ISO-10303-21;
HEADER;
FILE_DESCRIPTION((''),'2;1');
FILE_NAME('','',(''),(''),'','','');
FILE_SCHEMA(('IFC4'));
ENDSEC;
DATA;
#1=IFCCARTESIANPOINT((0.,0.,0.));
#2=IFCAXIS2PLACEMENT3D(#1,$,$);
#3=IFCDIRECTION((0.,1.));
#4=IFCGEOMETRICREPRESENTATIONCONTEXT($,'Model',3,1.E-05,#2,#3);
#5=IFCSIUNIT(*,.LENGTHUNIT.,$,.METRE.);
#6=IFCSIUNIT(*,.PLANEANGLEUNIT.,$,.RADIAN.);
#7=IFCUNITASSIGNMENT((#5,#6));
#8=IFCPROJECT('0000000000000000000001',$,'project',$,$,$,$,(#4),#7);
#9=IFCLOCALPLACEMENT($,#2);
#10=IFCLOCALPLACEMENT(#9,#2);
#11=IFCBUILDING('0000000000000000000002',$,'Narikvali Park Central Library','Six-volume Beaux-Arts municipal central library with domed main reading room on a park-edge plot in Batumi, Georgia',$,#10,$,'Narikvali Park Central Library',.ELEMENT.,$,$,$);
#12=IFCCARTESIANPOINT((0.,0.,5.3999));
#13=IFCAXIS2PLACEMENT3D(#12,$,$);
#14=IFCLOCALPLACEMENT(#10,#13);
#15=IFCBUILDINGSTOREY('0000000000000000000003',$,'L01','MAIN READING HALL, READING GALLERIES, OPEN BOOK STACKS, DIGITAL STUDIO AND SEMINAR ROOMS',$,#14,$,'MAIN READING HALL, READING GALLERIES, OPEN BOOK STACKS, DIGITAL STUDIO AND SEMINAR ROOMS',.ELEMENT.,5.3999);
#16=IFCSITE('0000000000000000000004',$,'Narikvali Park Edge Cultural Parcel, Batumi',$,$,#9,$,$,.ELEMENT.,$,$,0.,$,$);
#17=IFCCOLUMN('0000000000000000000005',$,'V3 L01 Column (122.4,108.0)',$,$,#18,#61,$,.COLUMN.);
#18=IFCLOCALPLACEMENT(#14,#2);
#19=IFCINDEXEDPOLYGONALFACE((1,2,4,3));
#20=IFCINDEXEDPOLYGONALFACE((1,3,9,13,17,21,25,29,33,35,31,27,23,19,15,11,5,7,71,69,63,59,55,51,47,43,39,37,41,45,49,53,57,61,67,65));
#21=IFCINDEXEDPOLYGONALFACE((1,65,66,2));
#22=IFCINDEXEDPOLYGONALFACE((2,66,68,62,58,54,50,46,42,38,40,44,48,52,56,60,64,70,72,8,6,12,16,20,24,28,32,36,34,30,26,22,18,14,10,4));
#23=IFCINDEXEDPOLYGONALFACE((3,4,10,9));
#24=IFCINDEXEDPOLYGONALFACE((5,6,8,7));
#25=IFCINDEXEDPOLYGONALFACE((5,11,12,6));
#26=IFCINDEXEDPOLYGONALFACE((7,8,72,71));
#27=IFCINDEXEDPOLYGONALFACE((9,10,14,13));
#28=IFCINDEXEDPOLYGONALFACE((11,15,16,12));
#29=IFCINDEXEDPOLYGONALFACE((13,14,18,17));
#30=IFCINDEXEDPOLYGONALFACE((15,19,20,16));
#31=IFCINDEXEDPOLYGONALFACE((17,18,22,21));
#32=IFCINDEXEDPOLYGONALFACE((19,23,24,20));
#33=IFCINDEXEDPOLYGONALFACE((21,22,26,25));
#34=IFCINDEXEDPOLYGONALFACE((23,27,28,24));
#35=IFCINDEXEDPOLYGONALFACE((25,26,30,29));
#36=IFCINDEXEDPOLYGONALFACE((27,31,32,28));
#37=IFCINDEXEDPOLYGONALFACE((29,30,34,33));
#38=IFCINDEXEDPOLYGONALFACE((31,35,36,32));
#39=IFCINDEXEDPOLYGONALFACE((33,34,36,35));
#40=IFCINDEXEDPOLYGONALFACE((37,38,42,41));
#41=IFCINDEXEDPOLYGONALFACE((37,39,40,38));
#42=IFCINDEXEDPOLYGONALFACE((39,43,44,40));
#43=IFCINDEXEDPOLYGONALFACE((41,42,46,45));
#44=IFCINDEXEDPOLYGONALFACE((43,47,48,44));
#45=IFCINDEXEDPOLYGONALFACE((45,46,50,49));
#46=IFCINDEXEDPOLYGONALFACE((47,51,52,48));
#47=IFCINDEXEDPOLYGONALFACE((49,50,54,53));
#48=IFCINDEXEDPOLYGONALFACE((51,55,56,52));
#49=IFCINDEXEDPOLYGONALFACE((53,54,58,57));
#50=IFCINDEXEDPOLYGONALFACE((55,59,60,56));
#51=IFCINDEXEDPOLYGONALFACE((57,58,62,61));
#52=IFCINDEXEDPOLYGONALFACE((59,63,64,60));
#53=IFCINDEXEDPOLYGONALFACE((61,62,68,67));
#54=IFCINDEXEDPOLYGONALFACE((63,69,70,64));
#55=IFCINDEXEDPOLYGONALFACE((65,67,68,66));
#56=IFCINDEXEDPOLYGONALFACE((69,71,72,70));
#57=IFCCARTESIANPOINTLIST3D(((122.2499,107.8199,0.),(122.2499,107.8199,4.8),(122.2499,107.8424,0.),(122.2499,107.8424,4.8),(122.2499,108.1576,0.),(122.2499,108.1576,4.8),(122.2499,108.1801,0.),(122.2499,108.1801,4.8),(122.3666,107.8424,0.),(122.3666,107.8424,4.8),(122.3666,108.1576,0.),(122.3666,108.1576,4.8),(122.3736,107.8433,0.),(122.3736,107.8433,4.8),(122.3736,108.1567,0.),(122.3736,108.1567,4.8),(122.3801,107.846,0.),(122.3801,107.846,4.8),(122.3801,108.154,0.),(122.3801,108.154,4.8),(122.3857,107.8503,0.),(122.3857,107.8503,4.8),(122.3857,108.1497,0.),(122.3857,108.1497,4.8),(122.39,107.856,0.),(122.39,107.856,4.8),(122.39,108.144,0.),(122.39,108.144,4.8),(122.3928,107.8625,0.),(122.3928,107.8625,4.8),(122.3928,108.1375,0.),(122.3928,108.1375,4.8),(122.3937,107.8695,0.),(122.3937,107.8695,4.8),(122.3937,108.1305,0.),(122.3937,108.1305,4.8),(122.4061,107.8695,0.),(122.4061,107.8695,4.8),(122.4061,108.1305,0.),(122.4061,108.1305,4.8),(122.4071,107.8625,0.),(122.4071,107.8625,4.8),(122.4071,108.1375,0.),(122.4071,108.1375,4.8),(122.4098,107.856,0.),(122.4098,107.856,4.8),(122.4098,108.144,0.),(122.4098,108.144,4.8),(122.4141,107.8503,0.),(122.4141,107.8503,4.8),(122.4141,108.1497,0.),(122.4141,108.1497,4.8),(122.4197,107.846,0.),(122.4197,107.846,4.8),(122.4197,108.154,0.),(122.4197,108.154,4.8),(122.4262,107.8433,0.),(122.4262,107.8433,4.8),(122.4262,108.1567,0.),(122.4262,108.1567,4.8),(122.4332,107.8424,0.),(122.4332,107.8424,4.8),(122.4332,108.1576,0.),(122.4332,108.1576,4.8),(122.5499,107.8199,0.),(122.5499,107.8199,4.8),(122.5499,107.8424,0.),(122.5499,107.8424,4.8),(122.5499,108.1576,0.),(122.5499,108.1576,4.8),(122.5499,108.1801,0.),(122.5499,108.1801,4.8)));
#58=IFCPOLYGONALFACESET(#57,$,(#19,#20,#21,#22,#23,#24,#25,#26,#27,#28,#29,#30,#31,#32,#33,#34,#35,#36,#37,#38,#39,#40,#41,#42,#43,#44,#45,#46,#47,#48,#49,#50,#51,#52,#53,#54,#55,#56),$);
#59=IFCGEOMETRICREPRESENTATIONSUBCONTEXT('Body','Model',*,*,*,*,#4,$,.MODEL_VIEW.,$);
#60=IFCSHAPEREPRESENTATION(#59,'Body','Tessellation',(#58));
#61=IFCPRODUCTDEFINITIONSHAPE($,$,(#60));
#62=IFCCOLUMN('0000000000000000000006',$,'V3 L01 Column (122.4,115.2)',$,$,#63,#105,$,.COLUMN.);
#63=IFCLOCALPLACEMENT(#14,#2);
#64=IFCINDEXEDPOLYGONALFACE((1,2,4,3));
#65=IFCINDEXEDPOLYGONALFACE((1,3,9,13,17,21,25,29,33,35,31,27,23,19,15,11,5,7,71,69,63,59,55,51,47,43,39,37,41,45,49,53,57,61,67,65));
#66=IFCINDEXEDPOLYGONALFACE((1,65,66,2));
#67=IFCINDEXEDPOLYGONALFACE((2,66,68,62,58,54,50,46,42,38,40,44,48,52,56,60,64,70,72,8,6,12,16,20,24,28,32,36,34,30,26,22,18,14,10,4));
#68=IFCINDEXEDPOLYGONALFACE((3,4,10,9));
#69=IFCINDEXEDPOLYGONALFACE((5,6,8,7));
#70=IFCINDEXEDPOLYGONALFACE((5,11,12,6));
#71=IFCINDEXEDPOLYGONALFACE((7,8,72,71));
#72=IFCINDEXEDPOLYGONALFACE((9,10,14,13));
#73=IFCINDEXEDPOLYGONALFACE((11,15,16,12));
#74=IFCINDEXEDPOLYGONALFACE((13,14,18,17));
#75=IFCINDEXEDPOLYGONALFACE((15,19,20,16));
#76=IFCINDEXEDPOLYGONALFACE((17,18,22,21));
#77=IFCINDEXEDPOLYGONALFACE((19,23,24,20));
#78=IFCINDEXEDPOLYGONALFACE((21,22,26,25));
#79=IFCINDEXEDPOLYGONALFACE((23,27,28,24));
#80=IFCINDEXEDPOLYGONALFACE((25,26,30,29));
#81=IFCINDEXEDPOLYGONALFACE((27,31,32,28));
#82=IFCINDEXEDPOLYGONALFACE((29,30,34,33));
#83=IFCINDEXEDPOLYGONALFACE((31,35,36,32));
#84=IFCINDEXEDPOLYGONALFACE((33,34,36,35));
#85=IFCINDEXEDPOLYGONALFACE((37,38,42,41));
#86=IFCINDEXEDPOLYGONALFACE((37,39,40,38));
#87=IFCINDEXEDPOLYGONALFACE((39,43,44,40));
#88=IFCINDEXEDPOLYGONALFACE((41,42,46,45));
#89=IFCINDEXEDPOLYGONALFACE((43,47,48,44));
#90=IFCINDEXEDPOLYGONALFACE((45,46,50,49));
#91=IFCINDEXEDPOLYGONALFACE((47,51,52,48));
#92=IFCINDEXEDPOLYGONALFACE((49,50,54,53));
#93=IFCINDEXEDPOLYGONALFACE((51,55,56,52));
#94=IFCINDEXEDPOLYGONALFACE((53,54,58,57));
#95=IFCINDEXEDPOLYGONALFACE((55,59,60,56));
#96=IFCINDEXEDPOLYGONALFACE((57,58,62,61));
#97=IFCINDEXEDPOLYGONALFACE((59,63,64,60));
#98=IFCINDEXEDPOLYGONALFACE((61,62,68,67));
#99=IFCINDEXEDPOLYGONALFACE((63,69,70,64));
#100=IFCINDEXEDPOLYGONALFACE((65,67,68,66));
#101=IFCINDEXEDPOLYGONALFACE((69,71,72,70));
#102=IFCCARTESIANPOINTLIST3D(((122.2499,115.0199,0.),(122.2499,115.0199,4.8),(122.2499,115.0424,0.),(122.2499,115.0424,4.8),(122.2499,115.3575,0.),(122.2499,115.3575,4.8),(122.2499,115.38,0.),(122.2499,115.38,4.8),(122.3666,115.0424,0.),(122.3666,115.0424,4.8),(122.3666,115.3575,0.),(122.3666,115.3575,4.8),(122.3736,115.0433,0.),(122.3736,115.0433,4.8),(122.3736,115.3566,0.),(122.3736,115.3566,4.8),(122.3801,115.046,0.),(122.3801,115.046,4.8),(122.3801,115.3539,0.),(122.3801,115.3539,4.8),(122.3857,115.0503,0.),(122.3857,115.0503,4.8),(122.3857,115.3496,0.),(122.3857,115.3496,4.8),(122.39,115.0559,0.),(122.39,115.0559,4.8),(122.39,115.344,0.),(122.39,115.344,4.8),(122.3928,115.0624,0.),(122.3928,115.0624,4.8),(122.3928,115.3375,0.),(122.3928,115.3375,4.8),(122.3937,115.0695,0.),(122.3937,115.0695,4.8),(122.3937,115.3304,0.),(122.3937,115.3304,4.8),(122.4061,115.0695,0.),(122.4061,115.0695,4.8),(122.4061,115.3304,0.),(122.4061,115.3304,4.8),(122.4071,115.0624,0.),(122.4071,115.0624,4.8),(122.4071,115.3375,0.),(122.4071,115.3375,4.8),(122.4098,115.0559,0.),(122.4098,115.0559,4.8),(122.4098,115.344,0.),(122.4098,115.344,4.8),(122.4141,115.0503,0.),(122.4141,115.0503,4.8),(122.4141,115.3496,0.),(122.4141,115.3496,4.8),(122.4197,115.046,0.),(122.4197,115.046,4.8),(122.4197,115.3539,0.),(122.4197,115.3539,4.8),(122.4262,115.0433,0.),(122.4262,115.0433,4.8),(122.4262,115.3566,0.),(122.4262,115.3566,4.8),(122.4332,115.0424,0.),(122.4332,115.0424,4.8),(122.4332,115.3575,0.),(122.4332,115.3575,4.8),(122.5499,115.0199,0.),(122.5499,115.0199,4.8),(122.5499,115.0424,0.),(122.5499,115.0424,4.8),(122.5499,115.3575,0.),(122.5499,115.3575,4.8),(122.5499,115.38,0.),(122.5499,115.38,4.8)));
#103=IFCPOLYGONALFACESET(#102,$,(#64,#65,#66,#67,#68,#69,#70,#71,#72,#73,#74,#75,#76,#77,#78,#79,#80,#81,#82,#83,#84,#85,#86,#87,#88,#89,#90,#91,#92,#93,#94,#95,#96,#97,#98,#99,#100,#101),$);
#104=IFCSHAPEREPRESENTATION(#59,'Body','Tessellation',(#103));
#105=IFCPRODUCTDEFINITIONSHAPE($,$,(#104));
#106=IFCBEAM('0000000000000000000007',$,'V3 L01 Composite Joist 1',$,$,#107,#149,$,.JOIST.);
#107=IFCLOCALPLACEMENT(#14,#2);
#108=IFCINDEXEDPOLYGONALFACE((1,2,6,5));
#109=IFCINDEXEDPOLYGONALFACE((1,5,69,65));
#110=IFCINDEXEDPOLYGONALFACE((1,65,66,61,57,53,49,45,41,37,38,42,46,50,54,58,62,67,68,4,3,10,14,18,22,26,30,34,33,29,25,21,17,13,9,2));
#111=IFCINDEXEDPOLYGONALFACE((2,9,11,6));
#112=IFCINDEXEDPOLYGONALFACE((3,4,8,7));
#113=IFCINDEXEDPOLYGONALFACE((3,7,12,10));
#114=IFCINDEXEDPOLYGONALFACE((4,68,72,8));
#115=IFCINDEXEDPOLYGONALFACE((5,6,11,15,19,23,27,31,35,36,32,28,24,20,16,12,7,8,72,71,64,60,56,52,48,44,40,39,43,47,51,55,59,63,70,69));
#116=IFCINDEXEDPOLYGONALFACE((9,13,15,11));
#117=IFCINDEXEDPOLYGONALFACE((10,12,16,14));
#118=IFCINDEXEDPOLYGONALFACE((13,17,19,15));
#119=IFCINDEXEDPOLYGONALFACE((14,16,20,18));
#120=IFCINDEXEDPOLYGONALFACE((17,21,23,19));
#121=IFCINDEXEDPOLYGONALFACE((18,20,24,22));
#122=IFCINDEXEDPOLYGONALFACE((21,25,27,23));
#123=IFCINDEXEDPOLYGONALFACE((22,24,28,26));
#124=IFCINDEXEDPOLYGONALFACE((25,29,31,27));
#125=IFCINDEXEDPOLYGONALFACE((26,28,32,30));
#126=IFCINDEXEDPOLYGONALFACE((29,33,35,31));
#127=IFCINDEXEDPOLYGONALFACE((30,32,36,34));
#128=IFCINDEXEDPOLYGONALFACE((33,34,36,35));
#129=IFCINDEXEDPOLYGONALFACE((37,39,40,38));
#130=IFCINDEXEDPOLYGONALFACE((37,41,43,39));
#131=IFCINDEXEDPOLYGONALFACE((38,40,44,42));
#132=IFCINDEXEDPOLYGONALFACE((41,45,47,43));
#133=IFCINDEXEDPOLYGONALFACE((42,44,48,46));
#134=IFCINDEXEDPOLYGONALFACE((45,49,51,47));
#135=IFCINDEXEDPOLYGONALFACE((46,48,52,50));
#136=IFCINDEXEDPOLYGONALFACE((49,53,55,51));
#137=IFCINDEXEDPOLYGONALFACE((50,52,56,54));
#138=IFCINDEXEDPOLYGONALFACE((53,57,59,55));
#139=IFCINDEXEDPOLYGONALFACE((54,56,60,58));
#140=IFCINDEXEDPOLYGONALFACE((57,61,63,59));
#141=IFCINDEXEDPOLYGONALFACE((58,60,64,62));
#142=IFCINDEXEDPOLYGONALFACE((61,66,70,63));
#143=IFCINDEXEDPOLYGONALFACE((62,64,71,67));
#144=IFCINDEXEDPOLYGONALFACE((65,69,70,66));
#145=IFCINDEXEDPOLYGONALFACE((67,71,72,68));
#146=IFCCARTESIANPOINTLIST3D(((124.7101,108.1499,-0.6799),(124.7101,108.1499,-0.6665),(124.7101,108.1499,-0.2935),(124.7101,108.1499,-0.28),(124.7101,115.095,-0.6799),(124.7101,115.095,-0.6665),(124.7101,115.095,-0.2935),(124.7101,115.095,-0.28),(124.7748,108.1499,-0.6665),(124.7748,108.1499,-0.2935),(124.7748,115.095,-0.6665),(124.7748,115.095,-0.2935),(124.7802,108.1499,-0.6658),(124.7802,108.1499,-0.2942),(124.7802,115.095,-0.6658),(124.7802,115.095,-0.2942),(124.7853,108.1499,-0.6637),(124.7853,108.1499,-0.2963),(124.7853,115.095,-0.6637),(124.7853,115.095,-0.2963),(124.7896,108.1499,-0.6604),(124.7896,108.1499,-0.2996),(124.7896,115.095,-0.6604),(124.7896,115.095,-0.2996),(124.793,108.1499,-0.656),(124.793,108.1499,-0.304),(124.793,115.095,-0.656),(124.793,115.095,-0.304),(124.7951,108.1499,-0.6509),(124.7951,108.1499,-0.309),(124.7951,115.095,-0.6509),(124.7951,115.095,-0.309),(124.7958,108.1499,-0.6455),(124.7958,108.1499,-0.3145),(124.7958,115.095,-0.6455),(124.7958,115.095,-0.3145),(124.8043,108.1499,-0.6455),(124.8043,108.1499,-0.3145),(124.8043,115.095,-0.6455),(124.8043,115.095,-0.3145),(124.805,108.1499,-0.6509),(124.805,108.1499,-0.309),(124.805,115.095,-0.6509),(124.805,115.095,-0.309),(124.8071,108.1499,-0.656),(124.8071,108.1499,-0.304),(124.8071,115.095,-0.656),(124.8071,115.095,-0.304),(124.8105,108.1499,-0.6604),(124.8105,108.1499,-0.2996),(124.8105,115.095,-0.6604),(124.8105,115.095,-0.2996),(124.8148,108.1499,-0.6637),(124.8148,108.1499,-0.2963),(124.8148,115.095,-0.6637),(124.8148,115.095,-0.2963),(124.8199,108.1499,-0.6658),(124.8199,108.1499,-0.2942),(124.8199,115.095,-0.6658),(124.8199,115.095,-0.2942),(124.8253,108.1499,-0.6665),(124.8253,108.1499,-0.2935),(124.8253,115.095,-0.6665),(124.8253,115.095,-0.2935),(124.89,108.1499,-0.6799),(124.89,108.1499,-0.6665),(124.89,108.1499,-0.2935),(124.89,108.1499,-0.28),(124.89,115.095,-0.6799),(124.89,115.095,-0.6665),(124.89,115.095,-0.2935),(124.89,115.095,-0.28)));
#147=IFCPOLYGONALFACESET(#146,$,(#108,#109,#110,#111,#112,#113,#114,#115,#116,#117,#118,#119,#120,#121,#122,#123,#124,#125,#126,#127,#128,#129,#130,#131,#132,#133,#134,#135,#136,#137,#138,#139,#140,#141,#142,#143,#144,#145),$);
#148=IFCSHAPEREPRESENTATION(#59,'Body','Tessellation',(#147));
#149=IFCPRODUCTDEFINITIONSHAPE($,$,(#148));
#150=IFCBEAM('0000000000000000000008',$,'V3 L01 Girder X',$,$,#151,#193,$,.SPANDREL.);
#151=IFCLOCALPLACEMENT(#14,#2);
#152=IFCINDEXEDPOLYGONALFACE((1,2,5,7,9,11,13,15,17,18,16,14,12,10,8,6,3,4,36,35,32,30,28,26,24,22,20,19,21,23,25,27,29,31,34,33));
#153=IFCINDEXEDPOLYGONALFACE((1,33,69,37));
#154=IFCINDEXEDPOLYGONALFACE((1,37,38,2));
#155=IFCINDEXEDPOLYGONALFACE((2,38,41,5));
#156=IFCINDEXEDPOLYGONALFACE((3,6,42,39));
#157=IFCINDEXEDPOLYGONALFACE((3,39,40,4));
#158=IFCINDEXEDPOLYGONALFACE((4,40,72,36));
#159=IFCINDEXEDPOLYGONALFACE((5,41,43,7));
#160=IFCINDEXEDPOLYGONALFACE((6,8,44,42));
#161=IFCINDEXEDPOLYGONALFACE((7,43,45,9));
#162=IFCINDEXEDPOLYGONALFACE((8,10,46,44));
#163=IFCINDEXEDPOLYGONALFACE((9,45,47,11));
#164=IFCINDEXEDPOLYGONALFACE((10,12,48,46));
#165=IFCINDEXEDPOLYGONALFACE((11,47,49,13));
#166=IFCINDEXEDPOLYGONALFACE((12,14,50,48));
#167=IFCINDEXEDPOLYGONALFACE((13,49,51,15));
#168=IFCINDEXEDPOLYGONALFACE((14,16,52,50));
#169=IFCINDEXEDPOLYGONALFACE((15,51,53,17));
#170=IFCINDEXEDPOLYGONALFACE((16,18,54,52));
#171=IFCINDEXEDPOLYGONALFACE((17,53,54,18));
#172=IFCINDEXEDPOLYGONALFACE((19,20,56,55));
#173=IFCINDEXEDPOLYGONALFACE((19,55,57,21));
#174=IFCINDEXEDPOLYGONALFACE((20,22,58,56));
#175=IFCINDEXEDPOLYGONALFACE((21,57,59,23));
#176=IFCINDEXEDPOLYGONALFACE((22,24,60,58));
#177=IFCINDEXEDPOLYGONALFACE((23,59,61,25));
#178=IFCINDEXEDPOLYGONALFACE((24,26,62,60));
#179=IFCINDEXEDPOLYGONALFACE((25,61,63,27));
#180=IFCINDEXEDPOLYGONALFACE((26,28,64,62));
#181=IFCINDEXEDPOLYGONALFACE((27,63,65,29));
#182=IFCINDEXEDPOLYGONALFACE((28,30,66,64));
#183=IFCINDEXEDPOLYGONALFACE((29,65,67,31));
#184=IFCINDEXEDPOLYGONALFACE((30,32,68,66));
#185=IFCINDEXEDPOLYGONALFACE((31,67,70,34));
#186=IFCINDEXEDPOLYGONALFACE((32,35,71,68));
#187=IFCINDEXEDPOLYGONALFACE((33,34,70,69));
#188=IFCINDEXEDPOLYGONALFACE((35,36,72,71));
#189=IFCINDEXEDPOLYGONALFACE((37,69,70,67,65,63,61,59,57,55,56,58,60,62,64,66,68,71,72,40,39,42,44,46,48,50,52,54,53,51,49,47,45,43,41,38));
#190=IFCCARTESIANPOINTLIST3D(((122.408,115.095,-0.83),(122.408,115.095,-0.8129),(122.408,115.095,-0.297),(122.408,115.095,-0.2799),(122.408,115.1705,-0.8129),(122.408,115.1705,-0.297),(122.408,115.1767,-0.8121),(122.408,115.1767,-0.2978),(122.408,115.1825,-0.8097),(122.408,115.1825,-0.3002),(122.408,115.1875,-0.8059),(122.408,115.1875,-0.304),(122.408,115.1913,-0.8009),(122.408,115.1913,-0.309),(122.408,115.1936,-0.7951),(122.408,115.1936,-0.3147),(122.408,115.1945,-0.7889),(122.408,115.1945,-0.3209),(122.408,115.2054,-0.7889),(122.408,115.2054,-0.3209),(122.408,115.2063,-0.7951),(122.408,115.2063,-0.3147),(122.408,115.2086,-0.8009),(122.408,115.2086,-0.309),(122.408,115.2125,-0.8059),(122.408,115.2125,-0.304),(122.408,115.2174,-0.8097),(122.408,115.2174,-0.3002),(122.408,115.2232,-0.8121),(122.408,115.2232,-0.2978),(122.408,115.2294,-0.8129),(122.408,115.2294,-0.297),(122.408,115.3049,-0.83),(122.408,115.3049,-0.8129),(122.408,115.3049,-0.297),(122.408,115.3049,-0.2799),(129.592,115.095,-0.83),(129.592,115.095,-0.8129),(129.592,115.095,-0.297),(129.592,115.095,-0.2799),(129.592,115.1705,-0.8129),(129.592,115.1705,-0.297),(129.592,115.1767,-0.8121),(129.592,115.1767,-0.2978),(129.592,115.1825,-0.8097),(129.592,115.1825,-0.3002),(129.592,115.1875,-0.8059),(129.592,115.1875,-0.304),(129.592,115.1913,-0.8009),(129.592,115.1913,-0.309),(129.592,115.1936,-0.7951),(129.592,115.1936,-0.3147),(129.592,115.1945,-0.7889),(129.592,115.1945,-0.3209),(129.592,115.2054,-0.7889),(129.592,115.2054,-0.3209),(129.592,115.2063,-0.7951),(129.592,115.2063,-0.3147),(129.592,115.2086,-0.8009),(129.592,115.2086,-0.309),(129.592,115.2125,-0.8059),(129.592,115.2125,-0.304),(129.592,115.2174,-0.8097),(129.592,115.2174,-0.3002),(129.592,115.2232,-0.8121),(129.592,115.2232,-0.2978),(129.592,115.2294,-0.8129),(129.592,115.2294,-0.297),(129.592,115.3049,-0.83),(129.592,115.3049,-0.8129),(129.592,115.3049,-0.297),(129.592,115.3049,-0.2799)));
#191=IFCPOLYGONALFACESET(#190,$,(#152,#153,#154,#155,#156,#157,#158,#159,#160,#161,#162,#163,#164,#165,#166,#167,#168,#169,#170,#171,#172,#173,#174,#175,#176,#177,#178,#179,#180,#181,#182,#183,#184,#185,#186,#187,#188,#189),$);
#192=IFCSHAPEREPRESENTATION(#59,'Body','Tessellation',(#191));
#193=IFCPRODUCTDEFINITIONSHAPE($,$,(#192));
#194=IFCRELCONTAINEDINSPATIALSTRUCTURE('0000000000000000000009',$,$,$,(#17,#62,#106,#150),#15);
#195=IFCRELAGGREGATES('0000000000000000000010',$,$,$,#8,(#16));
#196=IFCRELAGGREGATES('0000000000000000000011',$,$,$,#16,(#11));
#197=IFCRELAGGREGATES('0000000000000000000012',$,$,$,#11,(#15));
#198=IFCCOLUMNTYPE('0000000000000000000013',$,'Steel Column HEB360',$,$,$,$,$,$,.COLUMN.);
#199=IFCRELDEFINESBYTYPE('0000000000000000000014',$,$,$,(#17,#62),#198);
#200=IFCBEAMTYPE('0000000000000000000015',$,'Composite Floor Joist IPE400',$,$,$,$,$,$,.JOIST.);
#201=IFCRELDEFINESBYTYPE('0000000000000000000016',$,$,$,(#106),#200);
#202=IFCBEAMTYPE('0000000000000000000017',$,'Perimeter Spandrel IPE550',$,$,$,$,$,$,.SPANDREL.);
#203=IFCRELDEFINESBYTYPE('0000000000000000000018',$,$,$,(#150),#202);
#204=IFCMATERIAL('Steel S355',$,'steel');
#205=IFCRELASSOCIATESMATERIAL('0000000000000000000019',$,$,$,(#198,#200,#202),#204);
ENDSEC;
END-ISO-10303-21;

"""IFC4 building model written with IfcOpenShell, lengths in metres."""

from ifc_helpers import new_model, si_unit, direction, frame, origin, origin_2d, place, context, subcontext, project, spatial, i_section, extrude, material, material_profile, profile_set, type_object, element, save


model = new_model("IFC4")

# Units and contexts
model_context = context("Model", 3, precision=1e-05, world=origin(), true_north=direction((0.0, 1.0)))
body_context = subcontext(model_context, "Body", "Model", "MODEL_VIEW")
ifc_project = project(units=[si_unit("LENGTHUNIT", "METRE"), si_unit("PLANEANGLEUNIT", "RADIAN")], contexts=[model_context])

# Site, building, storey
site_placement = place(None, origin())
site = spatial("IfcSite", under=ifc_project, at=site_placement, Name="Narikvali Park Edge Cultural Parcel, Batumi", CompositionType="ELEMENT", RefElevation=0.0)
building_placement = place(site_placement, origin())
building = spatial("IfcBuilding", under=site, at=building_placement, Name="Narikvali Park Central Library", Description="Six-volume Beaux-Arts municipal central library with domed main reading room on a park-edge plot in Batumi, Georgia", LongName="Narikvali Park Central Library", CompositionType="ELEMENT")
storey_placement = place(building_placement, frame((0.0, 0.0, 5.3999)))
storey = spatial("IfcBuildingStorey", under=building, at=storey_placement, Name="L01", Description="MAIN READING HALL, READING GALLERIES, OPEN BOOK STACKS, DIGITAL STUDIO AND SEMINAR ROOMS", LongName="MAIN READING HALL, READING GALLERIES, OPEN BOOK STACKS, DIGITAL STUDIO AND SEMINAR ROOMS", CompositionType="ELEMENT", Elevation=5.3999)

# Columns
ifc_material_1 = material(Name="Steel S355", Category="steel")
ifc_material_profile_1 = material_profile(ifc_material_1, i_section(OverallWidth=0.3, OverallDepth=0.3601, WebThickness=0.0125, FlangeThickness=0.0225, FilletRadius=0.0271, at=origin_2d()), Name="HEB 360")
ifc_profile_set_1 = profile_set([ifc_material_profile_1], Name="Steel S355")
column_type = type_object("IfcColumnType", Name="Steel Column HEB360", PredefinedType="COLUMN", material=ifc_profile_set_1)
for number, where, z_axis, x_axis, name in (
    (1, (122.3999, 108.0, 0.0), (0.0, 0.0, 1.0), (1.0, 0.0, 0.0), "V3 L01 Column (122.4,108.0)"),
    (2, (122.3999, 115.2, 0.0), (0.0, 0.0, 1.0), (1.0, 0.0, 0.0), "V3 L01 Column (122.4,115.2)"),
):
    element("IfcColumn", number, at=place(storey_placement, frame(where, z_axis=z_axis, x_axis=x_axis)), inside=storey, type_object=column_type, Name=name, PredefinedType="COLUMN", context=body_context, shape_type="SweptSolid", body=[
        extrude(i_section(OverallWidth=0.3, OverallDepth=0.3601, WebThickness=0.0125, FlangeThickness=0.0225, FilletRadius=0.0271, at=origin_2d()), origin(), (0.0, 0.0, 1.0), 4.8),
    ])

# Beams
ifc_material_profile_2 = material_profile(ifc_material_1, i_section(OverallWidth=0.1799, OverallDepth=0.3999, WebThickness=0.0085, FlangeThickness=0.0134, FilletRadius=0.021, at=origin_2d()), Name="IPE 400")
ifc_profile_set_2 = profile_set([ifc_material_profile_2], Name="Steel S355")
beam_type_1 = type_object("IfcBeamType", Name="Composite Floor Joist IPE400", PredefinedType="JOIST", material=ifc_profile_set_2)
beam_1_placement = place(storey_placement, frame((124.8, 108.1499, -0.48), z_axis=(0.0, 1.0, 0.0), x_axis=(-1.0, 0.0, 0.0)))
element("IfcBeam", 3, at=beam_1_placement, inside=storey, type_object=beam_type_1, Name="V3 L01 Composite Joist 1", PredefinedType="JOIST", context=body_context, shape_type="SweptSolid", body=[
    extrude(i_section(OverallWidth=0.1799, OverallDepth=0.3999, WebThickness=0.0085, FlangeThickness=0.0134, FilletRadius=0.021, at=origin_2d()), origin(), (0.0, 0.0, 1.0), 6.9451),
])
ifc_material_profile_3 = material_profile(ifc_material_1, i_section(OverallWidth=0.21, OverallDepth=0.55, WebThickness=0.011, FlangeThickness=0.0171, FilletRadius=0.0239, at=origin_2d()), Name="IPE 550")
ifc_profile_set_3 = profile_set([ifc_material_profile_3], Name="Steel S355")
beam_type_2 = type_object("IfcBeamType", Name="Perimeter Spandrel IPE550", PredefinedType="SPANDREL", material=ifc_profile_set_3)
beam_2_placement = place(storey_placement, frame((122.408, 115.2, -0.5549), z_axis=(1.0, 0.0, 0.0), x_axis=(0.0, 1.0, 0.0)))
element("IfcBeam", 4, at=beam_2_placement, inside=storey, type_object=beam_type_2, Name="V3 L01 Girder X", PredefinedType="SPANDREL", context=body_context, shape_type="SweptSolid", body=[
    extrude(i_section(OverallWidth=0.21, OverallDepth=0.55, WebThickness=0.011, FlangeThickness=0.0171, FilletRadius=0.0239, at=origin_2d()), origin(), (0.0, 0.0, 1.0), 7.1841),
])

save(model, "model.ifc")
